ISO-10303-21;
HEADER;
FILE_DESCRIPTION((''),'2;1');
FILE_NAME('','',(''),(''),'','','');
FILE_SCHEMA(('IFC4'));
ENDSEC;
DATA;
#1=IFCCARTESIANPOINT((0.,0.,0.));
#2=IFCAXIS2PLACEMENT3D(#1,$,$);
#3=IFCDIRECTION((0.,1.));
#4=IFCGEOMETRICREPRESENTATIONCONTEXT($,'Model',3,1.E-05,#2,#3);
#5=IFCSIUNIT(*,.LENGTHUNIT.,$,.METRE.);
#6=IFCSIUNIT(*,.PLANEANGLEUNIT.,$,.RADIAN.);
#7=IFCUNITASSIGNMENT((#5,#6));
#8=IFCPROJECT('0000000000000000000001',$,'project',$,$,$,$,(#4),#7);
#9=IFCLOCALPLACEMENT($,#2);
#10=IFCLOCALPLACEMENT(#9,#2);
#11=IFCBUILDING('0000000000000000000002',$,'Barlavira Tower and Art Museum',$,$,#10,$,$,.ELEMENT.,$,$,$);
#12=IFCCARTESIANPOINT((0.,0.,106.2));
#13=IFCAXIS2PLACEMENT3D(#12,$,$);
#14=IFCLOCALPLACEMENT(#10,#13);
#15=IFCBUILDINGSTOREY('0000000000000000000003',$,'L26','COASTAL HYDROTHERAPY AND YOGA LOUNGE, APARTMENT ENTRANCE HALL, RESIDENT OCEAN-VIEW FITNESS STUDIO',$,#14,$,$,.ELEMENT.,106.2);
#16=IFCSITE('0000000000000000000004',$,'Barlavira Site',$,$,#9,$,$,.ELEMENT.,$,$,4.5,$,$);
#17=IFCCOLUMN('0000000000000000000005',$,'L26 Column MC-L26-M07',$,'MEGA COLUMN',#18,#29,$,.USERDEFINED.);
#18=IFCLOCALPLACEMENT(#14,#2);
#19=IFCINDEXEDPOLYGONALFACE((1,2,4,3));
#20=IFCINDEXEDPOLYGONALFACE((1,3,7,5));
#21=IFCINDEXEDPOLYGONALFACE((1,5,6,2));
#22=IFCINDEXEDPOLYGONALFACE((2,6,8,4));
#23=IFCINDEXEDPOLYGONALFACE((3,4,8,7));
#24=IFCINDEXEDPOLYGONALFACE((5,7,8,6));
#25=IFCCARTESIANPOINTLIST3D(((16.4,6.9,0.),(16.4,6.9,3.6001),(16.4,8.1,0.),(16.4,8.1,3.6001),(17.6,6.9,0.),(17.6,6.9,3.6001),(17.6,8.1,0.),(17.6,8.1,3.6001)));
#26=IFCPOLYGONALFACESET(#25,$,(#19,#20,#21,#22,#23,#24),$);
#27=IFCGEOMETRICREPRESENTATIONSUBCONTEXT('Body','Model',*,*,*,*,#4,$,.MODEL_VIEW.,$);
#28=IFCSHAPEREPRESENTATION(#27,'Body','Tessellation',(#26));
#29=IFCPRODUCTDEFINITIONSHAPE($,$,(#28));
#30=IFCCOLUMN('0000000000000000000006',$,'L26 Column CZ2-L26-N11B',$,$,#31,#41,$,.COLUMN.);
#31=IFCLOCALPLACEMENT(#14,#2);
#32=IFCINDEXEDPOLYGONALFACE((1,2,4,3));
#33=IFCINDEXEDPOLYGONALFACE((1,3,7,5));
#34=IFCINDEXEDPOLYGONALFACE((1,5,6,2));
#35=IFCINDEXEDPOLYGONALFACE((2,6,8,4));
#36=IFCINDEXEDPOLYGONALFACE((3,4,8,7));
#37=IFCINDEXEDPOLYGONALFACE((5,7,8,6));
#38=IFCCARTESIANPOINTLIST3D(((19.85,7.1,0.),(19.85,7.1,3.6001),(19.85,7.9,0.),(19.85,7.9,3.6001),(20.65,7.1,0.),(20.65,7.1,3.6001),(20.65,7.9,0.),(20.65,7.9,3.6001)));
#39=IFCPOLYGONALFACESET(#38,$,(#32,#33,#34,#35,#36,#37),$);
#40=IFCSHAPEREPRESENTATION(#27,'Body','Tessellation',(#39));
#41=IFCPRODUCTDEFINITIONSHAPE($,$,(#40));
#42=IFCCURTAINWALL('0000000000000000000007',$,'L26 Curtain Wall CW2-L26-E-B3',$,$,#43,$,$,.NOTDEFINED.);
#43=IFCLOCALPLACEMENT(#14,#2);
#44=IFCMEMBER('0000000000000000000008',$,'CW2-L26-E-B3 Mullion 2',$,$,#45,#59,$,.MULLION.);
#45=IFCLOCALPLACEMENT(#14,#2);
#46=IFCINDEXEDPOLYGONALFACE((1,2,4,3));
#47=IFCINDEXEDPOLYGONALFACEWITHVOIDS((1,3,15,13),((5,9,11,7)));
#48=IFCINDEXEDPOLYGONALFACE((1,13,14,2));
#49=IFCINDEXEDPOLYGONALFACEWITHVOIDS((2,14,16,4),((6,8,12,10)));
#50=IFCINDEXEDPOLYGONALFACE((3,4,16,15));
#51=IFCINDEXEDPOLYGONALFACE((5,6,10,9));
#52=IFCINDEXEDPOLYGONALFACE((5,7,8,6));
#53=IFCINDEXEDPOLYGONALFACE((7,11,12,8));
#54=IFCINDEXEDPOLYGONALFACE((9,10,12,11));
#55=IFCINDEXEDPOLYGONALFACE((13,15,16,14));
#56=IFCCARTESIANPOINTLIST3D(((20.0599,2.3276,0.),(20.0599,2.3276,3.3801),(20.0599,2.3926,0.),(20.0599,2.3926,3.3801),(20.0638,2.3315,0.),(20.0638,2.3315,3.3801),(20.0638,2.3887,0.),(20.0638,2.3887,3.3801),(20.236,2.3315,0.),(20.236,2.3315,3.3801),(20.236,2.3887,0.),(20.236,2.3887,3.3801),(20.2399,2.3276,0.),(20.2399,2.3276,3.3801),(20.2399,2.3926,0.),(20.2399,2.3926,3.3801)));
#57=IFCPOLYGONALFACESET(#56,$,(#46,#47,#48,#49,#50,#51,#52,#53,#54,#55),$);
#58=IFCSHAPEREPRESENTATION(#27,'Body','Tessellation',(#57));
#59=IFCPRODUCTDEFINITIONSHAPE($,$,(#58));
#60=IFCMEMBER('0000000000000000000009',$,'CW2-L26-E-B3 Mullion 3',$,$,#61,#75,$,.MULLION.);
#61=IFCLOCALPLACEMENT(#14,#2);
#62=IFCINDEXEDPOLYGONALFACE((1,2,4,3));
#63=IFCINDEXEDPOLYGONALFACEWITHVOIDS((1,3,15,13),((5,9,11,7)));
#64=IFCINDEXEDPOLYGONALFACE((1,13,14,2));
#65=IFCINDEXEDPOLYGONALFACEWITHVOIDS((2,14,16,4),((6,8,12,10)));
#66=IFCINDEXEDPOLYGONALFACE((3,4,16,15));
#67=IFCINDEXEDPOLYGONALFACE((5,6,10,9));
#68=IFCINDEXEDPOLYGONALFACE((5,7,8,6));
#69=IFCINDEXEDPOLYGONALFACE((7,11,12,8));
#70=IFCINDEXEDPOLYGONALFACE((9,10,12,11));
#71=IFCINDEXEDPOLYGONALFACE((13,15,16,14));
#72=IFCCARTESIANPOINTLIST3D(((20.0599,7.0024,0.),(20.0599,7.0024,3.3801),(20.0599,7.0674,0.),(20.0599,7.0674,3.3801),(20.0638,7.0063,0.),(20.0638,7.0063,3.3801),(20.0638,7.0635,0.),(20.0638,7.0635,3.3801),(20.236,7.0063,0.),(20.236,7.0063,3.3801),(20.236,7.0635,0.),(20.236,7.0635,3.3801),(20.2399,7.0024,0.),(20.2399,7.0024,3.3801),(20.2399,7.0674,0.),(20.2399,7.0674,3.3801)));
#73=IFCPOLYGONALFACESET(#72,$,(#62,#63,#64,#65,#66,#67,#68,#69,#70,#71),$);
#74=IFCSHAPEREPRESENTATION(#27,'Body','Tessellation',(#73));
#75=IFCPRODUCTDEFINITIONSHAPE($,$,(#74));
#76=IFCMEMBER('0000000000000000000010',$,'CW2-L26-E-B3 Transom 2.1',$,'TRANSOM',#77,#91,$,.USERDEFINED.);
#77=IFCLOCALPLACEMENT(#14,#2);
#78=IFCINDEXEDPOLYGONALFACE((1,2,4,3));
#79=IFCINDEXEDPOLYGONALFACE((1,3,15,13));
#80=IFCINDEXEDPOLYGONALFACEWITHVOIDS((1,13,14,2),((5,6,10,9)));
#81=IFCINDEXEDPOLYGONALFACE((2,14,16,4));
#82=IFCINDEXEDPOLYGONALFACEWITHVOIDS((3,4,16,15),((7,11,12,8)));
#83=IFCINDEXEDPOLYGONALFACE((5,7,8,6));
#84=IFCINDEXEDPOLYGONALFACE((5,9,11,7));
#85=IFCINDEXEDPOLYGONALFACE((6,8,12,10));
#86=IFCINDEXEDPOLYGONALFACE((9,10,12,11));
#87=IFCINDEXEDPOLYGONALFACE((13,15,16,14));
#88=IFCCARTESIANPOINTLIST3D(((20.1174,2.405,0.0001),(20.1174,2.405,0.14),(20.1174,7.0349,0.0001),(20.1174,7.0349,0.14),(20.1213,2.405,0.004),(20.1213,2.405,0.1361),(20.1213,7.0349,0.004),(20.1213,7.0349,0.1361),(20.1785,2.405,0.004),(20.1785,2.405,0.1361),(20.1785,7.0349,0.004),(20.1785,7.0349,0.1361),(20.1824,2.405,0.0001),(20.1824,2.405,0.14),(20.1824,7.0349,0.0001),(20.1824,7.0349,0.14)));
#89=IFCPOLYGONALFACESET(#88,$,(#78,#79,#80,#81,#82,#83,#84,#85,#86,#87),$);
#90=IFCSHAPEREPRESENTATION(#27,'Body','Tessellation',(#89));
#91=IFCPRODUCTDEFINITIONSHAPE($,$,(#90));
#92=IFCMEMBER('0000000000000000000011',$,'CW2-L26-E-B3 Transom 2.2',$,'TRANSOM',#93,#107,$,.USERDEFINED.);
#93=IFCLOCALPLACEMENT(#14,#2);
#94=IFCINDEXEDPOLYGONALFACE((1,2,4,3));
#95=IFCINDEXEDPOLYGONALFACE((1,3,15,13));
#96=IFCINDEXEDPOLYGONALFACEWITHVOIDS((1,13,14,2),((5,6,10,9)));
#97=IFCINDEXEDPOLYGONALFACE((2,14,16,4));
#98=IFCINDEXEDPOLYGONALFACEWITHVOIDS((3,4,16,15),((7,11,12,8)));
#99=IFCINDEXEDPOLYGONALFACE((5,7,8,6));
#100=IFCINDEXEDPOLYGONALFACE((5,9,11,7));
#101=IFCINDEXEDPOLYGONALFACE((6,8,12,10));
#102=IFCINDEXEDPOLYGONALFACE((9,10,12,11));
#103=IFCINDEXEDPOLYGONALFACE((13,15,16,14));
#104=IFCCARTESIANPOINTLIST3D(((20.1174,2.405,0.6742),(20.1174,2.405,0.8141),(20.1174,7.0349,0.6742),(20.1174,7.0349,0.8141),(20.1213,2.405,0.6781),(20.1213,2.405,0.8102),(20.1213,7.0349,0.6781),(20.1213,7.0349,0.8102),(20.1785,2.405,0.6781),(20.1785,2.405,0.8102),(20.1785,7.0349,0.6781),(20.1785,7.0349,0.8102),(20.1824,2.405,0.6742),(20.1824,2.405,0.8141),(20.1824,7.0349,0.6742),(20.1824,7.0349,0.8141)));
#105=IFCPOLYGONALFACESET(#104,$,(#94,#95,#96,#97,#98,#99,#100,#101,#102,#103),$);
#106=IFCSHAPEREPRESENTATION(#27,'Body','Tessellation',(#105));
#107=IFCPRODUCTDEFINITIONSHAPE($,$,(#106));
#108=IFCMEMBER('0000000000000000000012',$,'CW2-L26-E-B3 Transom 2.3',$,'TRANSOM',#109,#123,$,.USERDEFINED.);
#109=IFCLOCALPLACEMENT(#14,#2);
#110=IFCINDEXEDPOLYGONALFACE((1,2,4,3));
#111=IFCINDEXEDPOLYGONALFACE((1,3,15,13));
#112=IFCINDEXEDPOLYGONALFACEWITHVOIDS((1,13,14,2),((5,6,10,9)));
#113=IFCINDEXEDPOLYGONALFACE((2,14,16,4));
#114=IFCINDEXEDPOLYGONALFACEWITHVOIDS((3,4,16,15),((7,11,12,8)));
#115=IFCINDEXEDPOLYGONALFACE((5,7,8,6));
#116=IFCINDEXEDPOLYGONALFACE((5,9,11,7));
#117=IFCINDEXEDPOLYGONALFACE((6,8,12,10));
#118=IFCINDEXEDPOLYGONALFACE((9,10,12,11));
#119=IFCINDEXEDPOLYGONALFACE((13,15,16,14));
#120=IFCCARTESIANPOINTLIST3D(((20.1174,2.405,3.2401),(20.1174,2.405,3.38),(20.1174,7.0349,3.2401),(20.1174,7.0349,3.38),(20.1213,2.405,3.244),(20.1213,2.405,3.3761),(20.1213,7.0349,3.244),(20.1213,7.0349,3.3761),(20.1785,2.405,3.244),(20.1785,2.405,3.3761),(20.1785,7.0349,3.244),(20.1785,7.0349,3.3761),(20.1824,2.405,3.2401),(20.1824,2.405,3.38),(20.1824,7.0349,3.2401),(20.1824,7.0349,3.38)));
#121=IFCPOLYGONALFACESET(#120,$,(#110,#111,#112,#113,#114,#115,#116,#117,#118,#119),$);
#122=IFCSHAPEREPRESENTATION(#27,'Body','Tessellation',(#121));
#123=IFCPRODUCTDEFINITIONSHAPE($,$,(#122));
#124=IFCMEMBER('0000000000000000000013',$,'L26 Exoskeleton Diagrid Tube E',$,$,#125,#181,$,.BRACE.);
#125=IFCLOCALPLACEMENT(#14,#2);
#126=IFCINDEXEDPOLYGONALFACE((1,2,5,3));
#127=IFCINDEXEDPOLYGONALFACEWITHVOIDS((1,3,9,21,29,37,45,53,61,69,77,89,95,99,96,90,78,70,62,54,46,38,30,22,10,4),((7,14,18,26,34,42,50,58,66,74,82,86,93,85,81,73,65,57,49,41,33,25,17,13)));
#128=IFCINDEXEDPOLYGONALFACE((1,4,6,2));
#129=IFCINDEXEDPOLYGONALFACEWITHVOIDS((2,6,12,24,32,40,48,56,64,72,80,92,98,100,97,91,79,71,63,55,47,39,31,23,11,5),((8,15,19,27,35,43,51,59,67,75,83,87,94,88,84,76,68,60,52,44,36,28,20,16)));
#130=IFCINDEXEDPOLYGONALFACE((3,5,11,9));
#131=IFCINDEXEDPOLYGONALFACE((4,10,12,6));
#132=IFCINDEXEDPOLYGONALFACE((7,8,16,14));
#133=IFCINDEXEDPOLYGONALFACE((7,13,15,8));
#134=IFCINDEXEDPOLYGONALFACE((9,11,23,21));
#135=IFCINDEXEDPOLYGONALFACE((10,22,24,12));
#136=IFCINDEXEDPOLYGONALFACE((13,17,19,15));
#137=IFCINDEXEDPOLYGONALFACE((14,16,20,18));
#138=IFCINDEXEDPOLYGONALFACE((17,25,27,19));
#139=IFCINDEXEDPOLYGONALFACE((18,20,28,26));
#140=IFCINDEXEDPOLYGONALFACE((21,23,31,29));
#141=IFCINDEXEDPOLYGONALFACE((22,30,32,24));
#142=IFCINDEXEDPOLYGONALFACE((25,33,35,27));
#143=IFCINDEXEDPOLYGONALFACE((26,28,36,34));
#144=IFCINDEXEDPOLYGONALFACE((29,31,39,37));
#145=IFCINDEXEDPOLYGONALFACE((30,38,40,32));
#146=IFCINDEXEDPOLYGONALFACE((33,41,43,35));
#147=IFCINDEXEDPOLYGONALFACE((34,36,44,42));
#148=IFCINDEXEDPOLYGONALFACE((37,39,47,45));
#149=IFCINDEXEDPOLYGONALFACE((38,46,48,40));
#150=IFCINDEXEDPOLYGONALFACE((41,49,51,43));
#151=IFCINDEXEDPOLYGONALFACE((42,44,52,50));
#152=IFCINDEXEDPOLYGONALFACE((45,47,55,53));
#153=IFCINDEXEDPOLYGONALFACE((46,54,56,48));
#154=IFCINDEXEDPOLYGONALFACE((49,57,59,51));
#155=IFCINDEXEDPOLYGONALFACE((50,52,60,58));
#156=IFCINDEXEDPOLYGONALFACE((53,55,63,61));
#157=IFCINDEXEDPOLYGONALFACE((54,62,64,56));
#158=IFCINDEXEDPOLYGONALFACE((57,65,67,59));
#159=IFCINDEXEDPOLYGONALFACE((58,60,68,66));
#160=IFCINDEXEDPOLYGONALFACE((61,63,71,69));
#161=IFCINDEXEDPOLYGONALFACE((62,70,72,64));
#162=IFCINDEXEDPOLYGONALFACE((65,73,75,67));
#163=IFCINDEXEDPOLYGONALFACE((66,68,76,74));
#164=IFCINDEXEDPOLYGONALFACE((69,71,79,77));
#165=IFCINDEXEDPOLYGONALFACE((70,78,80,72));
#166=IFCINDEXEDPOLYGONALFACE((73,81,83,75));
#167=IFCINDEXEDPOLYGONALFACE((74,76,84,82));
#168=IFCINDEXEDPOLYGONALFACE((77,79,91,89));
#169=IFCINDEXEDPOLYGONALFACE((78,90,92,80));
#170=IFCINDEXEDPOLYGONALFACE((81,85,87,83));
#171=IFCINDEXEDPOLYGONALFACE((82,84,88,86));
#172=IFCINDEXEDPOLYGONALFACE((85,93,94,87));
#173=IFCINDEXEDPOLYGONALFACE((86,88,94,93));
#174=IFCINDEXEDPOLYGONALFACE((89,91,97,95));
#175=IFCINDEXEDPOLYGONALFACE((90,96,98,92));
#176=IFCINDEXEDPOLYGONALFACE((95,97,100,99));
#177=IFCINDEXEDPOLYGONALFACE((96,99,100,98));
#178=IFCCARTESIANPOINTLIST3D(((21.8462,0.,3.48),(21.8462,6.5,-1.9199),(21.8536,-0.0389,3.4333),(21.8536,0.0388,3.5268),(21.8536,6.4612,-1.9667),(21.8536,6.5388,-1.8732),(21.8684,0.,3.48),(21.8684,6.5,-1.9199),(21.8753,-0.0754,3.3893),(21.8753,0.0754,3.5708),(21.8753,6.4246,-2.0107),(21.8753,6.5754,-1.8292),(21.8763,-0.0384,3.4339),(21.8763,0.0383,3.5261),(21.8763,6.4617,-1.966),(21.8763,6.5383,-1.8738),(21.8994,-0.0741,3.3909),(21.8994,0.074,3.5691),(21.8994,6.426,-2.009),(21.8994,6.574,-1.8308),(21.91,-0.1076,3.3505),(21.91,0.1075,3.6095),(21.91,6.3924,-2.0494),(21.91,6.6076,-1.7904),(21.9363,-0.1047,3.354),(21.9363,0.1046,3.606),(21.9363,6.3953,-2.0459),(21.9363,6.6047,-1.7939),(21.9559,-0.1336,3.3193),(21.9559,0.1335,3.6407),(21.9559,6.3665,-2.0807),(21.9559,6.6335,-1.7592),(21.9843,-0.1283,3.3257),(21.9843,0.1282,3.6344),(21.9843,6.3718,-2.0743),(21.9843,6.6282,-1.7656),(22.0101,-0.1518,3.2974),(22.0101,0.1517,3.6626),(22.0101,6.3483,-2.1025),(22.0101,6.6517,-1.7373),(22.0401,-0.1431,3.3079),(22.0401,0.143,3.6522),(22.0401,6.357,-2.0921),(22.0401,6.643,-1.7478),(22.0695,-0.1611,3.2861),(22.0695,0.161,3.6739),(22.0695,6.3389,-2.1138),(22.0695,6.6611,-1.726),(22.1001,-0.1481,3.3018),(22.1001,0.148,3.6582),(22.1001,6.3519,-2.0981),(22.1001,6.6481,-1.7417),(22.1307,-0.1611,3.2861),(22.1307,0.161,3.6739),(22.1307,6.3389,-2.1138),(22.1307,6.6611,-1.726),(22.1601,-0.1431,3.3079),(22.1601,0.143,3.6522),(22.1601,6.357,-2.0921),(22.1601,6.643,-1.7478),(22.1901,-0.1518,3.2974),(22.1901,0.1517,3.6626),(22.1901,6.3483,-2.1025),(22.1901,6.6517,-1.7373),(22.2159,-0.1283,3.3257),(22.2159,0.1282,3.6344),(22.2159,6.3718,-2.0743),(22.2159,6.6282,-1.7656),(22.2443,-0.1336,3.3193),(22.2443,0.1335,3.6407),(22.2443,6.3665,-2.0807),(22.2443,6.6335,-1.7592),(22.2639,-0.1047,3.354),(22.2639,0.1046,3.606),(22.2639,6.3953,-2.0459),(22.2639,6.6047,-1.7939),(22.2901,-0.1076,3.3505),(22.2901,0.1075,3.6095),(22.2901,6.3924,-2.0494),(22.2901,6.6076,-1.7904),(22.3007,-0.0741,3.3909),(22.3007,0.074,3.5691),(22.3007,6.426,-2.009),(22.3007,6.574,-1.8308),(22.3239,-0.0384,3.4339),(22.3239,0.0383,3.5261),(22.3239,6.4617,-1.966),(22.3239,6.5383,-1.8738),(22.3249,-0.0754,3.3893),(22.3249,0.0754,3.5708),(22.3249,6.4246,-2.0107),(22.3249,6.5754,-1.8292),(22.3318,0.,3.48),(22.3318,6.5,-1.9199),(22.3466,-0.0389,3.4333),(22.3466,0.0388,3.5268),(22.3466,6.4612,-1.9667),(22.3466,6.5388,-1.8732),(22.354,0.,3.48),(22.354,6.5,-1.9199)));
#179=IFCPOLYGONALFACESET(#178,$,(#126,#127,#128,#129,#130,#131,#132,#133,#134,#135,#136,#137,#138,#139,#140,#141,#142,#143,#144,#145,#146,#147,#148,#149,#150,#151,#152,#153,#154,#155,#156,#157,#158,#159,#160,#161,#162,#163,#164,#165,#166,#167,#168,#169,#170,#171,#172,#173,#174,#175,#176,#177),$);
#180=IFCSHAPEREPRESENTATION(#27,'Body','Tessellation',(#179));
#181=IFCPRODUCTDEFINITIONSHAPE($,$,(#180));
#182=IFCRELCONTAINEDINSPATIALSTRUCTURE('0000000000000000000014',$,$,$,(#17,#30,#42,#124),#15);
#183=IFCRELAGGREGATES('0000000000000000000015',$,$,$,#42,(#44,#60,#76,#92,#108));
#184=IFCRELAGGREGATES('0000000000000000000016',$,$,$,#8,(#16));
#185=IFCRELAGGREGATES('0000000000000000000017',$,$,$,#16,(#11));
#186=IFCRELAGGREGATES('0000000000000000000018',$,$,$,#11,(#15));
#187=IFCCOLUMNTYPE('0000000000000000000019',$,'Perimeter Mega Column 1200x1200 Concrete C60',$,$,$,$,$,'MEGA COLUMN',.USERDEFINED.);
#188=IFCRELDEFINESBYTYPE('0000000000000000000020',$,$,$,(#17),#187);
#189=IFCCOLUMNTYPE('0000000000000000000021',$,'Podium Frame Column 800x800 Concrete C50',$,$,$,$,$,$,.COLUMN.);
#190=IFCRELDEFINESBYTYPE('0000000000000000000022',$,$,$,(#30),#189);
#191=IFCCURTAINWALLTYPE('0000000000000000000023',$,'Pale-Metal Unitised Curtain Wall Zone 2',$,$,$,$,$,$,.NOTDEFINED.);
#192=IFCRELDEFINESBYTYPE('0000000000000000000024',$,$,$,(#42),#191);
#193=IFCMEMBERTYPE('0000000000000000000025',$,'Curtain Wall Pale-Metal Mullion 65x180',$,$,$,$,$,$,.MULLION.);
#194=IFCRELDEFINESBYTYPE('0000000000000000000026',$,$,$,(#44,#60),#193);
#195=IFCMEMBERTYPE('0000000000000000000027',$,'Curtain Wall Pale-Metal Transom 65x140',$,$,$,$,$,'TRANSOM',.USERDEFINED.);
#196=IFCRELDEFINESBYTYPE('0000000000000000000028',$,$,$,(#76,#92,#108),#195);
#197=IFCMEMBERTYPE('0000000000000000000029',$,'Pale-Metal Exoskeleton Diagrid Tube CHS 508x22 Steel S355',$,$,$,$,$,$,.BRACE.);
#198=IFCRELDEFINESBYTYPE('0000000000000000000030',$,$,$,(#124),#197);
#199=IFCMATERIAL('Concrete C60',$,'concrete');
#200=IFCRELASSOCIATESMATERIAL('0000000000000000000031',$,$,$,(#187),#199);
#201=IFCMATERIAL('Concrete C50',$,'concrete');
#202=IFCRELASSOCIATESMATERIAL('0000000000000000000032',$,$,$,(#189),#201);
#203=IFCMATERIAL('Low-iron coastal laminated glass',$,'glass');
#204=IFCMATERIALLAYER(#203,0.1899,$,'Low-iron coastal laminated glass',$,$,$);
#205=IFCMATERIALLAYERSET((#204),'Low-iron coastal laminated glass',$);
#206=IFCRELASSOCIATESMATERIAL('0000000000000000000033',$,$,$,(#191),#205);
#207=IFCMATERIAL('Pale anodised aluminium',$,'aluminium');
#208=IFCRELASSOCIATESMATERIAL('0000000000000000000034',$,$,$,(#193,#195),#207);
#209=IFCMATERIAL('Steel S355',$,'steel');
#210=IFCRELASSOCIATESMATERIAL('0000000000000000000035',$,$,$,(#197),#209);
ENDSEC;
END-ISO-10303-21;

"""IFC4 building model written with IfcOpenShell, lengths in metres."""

from ifc_helpers import new_model, si_unit, direction, frame, origin, origin_2d, place, context, subcontext, project, spatial, rectangle, hollow_rectangle, hollow_circle, extrude, material, layer, layer_set, material_profile, profile_set, type_object, element, aggregate, save


model = new_model("IFC4")

# Units and contexts
model_context = context("Model", 3, precision=1e-05, world=origin(), true_north=direction((0.0, 1.0)))
body_context = subcontext(model_context, "Body", "Model", "MODEL_VIEW")
ifc_project = project(units=[si_unit("LENGTHUNIT", "METRE"), si_unit("PLANEANGLEUNIT", "RADIAN")], contexts=[model_context])

# Site, building, storey
site_placement = place(None, origin())
site = spatial("IfcSite", under=ifc_project, at=site_placement, Name="Barlavira Site", CompositionType="ELEMENT", RefElevation=4.5)
building_placement = place(site_placement, origin())
building = spatial("IfcBuilding", under=site, at=building_placement, Name="Barlavira Tower and Art Museum", CompositionType="ELEMENT")
storey_placement = place(building_placement, frame((0.0, 0.0, 106.2)))
storey = spatial("IfcBuildingStorey", under=building, at=storey_placement, Name="L26", Description="COASTAL HYDROTHERAPY AND YOGA LOUNGE, APARTMENT ENTRANCE HALL, RESIDENT OCEAN-VIEW FITNESS STUDIO", CompositionType="ELEMENT", Elevation=106.2)

# Columns
ifc_material_1 = material(Name="Concrete C60", Category="concrete")
ifc_material_profile_1 = material_profile(ifc_material_1, rectangle(XDim=1.2, YDim=1.2, at=origin_2d()), Name="RC-COL 1200x1200")
ifc_profile_set_1 = profile_set([ifc_material_profile_1], Name="Concrete C60")
column_type_1 = type_object("IfcColumnType", Name="Perimeter Mega Column 1200x1200 Concrete C60", ElementType="MEGA COLUMN", PredefinedType="USERDEFINED", material=ifc_profile_set_1)
column_1_placement = place(storey_placement, frame((17.0, 7.5, 0.0), z_axis=(0.0, 0.0, 1.0), x_axis=(1.0, 0.0, 0.0)))
element("IfcColumn", 1, at=column_1_placement, inside=storey, type_object=column_type_1, Name="L26 Column MC-L26-M07", ObjectType="MEGA COLUMN", PredefinedType="USERDEFINED", context=body_context, shape_type="SweptSolid", body=[
    extrude(rectangle(XDim=1.2, YDim=1.2, at=origin_2d()), origin(), (0.0, 0.0, 1.0), 3.6001),
])
ifc_material_2 = material(Name="Concrete C50", Category="concrete")
ifc_material_profile_2 = material_profile(ifc_material_2, rectangle(XDim=0.8, YDim=0.8, at=origin_2d()), Name="RC-COL 800x800")
ifc_profile_set_2 = profile_set([ifc_material_profile_2], Name="Concrete C50")
column_type_2 = type_object("IfcColumnType", Name="Podium Frame Column 800x800 Concrete C50", PredefinedType="COLUMN", material=ifc_profile_set_2)
column_2_placement = place(storey_placement, frame((20.25, 7.5, 0.0), z_axis=(0.0, 0.0, 1.0), x_axis=(1.0, 0.0, 0.0)))
element("IfcColumn", 2, at=column_2_placement, inside=storey, type_object=column_type_2, Name="L26 Column CZ2-L26-N11B", PredefinedType="COLUMN", context=body_context, shape_type="SweptSolid", body=[
    extrude(rectangle(XDim=0.8, YDim=0.8, at=origin_2d()), origin(), (0.0, 0.0, 1.0), 3.6001),
])

# Curtain wall, members
ifc_material_3 = material(Name="Low-iron coastal laminated glass", Category="glass")
ifc_layer_1 = layer(ifc_material_3, 0.1899, Name="Low-iron coastal laminated glass")
ifc_layer_set_1 = layer_set([ifc_layer_1], Name="Low-iron coastal laminated glass")
curtain_wall_type = type_object("IfcCurtainWallType", Name="Pale-Metal Unitised Curtain Wall Zone 2", PredefinedType="NOTDEFINED", material=ifc_layer_set_1)
curtain_wall_placement = place(storey_placement, origin())
curtain_wall = element("IfcCurtainWall", 3, at=curtain_wall_placement, inside=storey, type_object=curtain_wall_type, Name="L26 Curtain Wall CW2-L26-E-B3", PredefinedType="NOTDEFINED")
ifc_material_4 = material(Name="Pale anodised aluminium", Category="aluminium")
ifc_material_profile_3 = material_profile(ifc_material_4, hollow_rectangle(XDim=0.0649, YDim=0.1799, WallThickness=0.0039, at=origin_2d()), Name="ALU-MULL 65x180x4")
ifc_profile_set_3 = profile_set([ifc_material_profile_3], Name="Pale anodised aluminium")
member_type_1 = type_object("IfcMemberType", Name="Curtain Wall Pale-Metal Mullion 65x180", PredefinedType="MULLION", material=ifc_profile_set_3)
member_1_placement = place(storey_placement, frame((20.1499, 2.3601, 0.0), z_axis=(0.0, 0.0, 1.0), x_axis=(0.0, 1.0, 0.0)))
member_1 = element("IfcMember", 4, at=member_1_placement, type_object=member_type_1, Name="CW2-L26-E-B3 Mullion 2", PredefinedType="MULLION", context=body_context, shape_type="SweptSolid", body=[
    extrude(hollow_rectangle(XDim=0.0649, YDim=0.1799, WallThickness=0.0039, at=origin_2d()), origin(), (0.0, 0.0, 1.0), 3.3801),
])
member_2_placement = place(storey_placement, frame((20.1499, 7.0349, 0.0), z_axis=(0.0, 0.0, 1.0), x_axis=(0.0, 1.0, 0.0)))
member_2 = element("IfcMember", 5, at=member_2_placement, type_object=member_type_1, Name="CW2-L26-E-B3 Mullion 3", PredefinedType="MULLION", context=body_context, shape_type="SweptSolid", body=[
    extrude(hollow_rectangle(XDim=0.0649, YDim=0.1799, WallThickness=0.0039, at=origin_2d()), origin(), (0.0, 0.0, 1.0), 3.3801),
])
ifc_material_profile_4 = material_profile(ifc_material_4, hollow_rectangle(XDim=0.0649, YDim=0.1399, WallThickness=0.0039, at=origin_2d()), Name="ALU-TRAN 65x140x4")
ifc_profile_set_4 = profile_set([ifc_material_profile_4], Name="Pale anodised aluminium")
member_type_2 = type_object("IfcMemberType", Name="Curtain Wall Pale-Metal Transom 65x140", ElementType="TRANSOM", PredefinedType="USERDEFINED", material=ifc_profile_set_4)
member_3_placement = place(storey_placement, frame((20.1499, 2.405, 0.0701), z_axis=(0.0, 1.0, 0.0), x_axis=(-1.0, 0.0, 0.0)))
member_3 = element("IfcMember", 6, at=member_3_placement, type_object=member_type_2, Name="CW2-L26-E-B3 Transom 2.1", ObjectType="TRANSOM", PredefinedType="USERDEFINED", context=body_context, shape_type="SweptSolid", body=[
    extrude(hollow_rectangle(XDim=0.0649, YDim=0.1399, WallThickness=0.0039, at=origin_2d()), origin(), (0.0, 0.0, 1.0), 4.6299),
])
member_4_placement = place(storey_placement, frame((20.1499, 2.405, 0.7441), z_axis=(0.0, 1.0, 0.0), x_axis=(-1.0, 0.0, 0.0)))
member_4 = element("IfcMember", 7, at=member_4_placement, type_object=member_type_2, Name="CW2-L26-E-B3 Transom 2.2", ObjectType="TRANSOM", PredefinedType="USERDEFINED", context=body_context, shape_type="SweptSolid", body=[
    extrude(hollow_rectangle(XDim=0.0649, YDim=0.1399, WallThickness=0.0039, at=origin_2d()), origin(), (0.0, 0.0, 1.0), 4.6299),
])
member_5_placement = place(storey_placement, frame((20.1499, 2.405, 3.3101), z_axis=(0.0, 1.0, 0.0), x_axis=(-1.0, 0.0, 0.0)))
member_5 = element("IfcMember", 8, at=member_5_placement, type_object=member_type_2, Name="CW2-L26-E-B3 Transom 2.3", ObjectType="TRANSOM", PredefinedType="USERDEFINED", context=body_context, shape_type="SweptSolid", body=[
    extrude(hollow_rectangle(XDim=0.0649, YDim=0.1399, WallThickness=0.0039, at=origin_2d()), origin(), (0.0, 0.0, 1.0), 4.6299),
])

# Member
ifc_material_5 = material(Name="Steel S355", Category="steel")
ifc_material_profile_5 = material_profile(ifc_material_5, hollow_circle(Radius=0.2539, WallThickness=0.0222, at=origin_2d()), Name="CHS 508.0x22.2")
ifc_profile_set_5 = profile_set([ifc_material_profile_5], Name="Steel S355")
member_type_3 = type_object("IfcMemberType", Name="Pale-Metal Exoskeleton Diagrid Tube CHS 508x22 Steel S355", PredefinedType="BRACE", material=ifc_profile_set_5)
for number, where, z_axis, x_axis, name in (
    (9, (22.1001, 6.5, -1.9199), (0.0, -0.769196, 0.639013), (1.0, 0.0, 0.0), "L26 Exoskeleton Diagrid Tube E"),
):
    element("IfcMember", number, at=place(storey_placement, frame(where, z_axis=z_axis, x_axis=x_axis)), inside=storey, type_object=member_type_3, Name=name, PredefinedType="BRACE", context=body_context, shape_type="SweptSolid", body=[
        extrude(hollow_circle(Radius=0.2539, WallThickness=0.0222, at=origin_2d()), origin(), (0.0, 0.0, 1.0), 8.4504),
    ])

aggregate(curtain_wall, [member_1, member_2, member_3, member_4, member_5])

save(model, "model.ifc")
